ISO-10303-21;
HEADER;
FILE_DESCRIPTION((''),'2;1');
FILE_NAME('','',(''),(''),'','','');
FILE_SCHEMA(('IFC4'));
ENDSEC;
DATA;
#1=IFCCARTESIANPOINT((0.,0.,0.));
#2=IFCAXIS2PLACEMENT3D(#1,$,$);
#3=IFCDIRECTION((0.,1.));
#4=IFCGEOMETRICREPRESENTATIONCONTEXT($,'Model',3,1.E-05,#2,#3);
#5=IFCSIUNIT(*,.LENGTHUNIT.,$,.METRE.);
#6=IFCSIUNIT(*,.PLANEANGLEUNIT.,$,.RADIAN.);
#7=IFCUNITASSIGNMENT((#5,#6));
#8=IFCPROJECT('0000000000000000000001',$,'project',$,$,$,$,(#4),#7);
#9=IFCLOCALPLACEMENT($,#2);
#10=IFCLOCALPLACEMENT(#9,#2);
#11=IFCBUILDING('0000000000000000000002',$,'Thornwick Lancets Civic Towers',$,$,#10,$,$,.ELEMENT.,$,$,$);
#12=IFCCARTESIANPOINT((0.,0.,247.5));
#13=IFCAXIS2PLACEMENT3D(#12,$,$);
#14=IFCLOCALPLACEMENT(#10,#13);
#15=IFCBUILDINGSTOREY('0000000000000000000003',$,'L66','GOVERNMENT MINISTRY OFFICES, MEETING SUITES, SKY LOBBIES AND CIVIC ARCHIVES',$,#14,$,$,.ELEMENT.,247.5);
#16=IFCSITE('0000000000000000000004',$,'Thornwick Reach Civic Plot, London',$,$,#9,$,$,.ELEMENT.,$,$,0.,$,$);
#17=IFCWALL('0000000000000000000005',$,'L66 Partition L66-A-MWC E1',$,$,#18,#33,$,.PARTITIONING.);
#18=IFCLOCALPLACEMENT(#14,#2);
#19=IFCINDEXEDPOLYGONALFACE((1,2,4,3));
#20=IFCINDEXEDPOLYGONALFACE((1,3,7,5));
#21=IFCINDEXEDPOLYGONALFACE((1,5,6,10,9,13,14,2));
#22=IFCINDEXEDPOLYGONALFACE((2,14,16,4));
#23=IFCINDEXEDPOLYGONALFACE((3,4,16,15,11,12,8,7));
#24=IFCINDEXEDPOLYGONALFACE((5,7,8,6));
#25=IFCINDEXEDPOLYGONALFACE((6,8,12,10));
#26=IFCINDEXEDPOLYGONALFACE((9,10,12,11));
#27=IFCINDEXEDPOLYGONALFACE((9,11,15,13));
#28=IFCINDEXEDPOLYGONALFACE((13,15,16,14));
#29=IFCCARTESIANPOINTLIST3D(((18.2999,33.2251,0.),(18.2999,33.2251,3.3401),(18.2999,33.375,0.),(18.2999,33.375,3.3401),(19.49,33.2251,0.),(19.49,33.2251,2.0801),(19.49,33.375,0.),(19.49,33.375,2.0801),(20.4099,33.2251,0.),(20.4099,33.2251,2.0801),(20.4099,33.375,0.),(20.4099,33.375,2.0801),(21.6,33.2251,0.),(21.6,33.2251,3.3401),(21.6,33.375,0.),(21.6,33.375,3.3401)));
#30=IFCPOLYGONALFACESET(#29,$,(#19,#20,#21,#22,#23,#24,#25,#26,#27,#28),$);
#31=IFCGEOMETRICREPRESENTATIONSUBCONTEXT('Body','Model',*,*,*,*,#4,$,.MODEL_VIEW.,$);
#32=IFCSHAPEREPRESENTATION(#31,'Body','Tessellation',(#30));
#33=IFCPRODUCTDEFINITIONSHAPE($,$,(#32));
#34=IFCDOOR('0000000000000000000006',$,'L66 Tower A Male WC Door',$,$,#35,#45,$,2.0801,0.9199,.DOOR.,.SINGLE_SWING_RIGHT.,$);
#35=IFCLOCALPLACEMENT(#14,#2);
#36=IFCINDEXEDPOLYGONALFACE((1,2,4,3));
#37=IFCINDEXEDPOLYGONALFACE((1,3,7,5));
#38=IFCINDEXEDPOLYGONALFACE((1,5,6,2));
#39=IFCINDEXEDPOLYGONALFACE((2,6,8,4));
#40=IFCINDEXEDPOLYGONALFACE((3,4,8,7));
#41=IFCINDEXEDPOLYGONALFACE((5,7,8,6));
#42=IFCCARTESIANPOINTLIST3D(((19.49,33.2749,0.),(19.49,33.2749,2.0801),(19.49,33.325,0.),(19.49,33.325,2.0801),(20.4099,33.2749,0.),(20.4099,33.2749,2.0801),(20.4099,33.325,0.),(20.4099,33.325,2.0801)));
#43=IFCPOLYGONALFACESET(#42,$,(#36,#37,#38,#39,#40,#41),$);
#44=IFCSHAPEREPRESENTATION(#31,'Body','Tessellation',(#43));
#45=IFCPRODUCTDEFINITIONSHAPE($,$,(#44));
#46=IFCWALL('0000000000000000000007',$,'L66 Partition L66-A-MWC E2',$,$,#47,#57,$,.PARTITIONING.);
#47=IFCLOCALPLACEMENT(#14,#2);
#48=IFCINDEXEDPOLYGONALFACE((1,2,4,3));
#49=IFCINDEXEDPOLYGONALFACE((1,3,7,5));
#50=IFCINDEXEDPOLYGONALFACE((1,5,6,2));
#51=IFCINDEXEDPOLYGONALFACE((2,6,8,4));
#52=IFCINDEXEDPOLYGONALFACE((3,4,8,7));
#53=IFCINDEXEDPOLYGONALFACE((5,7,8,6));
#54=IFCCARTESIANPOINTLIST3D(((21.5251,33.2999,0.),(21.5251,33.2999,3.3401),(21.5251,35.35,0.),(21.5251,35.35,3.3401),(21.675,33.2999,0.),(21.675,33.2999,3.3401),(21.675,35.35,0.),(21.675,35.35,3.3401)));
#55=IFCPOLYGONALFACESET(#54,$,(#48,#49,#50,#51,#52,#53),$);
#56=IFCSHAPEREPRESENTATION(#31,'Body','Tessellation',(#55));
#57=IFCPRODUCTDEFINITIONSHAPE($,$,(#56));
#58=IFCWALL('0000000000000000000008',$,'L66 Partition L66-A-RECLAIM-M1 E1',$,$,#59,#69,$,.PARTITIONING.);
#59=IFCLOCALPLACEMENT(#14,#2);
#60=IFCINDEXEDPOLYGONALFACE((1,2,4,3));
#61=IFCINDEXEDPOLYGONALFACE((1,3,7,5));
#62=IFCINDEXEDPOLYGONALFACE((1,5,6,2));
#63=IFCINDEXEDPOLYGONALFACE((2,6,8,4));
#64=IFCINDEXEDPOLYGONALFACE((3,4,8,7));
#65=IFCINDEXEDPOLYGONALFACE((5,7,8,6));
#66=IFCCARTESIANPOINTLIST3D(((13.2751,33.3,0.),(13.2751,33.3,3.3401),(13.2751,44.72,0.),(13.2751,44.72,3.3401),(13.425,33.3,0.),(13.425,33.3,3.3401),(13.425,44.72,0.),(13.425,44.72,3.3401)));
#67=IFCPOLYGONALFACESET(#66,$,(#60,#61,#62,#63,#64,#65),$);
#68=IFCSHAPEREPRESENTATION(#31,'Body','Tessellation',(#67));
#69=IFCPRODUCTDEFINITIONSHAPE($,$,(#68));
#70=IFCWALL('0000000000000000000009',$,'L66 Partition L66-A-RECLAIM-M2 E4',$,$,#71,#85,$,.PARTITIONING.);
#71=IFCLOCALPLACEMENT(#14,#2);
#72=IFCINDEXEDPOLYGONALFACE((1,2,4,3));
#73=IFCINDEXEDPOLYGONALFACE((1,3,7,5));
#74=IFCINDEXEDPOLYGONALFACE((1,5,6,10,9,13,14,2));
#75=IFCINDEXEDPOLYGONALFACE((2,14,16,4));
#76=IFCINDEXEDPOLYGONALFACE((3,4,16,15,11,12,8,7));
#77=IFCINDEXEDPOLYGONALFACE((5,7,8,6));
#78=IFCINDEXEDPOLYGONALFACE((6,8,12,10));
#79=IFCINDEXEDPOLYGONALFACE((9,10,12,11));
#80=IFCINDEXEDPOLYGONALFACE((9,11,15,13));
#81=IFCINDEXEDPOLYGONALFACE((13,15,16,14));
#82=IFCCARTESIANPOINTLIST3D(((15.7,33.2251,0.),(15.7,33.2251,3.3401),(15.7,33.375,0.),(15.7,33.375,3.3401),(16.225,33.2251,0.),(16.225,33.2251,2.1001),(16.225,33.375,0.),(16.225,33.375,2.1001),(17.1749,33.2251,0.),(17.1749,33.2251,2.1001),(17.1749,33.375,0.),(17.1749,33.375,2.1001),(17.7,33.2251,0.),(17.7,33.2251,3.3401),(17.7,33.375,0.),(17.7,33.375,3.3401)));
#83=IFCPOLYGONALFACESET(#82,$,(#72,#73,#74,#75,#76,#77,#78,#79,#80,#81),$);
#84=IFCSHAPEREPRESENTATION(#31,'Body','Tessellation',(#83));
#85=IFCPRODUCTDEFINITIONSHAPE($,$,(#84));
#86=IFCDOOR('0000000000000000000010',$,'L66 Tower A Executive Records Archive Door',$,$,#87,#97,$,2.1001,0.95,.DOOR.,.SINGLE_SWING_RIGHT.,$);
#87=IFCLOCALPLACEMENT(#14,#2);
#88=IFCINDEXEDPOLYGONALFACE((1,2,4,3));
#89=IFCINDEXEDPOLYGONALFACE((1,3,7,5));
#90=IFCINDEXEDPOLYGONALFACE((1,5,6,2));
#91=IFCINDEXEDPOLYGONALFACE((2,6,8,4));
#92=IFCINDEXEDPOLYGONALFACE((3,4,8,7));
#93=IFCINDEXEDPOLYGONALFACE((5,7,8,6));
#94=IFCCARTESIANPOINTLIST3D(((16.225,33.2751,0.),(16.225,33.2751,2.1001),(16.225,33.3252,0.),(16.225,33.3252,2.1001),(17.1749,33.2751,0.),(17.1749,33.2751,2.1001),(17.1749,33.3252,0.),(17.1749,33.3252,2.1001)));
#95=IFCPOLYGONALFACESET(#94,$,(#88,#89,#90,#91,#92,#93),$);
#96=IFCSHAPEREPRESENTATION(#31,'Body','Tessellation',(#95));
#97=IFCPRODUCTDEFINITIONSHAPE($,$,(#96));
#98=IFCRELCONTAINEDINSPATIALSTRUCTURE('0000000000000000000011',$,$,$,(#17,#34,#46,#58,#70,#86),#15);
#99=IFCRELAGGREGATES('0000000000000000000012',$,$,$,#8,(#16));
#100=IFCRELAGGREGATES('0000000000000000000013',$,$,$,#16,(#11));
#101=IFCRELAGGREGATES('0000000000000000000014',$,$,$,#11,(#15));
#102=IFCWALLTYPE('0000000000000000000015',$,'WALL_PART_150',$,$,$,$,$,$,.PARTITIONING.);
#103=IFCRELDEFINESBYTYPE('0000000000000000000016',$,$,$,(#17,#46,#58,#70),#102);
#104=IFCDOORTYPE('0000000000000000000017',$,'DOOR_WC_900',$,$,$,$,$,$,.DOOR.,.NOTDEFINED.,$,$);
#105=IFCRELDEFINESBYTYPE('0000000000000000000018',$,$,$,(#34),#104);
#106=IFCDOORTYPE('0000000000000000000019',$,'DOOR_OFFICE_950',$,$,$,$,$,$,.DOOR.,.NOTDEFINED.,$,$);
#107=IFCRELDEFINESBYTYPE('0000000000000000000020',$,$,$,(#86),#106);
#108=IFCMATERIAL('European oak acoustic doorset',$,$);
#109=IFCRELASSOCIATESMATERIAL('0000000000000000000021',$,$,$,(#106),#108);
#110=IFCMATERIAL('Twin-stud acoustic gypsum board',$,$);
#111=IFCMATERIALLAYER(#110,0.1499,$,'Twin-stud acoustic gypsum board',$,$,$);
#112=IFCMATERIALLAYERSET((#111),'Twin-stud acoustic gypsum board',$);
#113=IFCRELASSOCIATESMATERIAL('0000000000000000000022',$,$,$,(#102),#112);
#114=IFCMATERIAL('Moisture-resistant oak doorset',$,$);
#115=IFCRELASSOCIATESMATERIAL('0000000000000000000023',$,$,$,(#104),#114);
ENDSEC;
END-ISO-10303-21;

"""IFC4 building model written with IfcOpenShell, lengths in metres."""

from ifc_helpers import new_model, si_unit, direction, frame, frame_2d, origin, place, context, subcontext, project, spatial, rectangle, extrude, material, layer, layer_set, type_object, element, fill, save


model = new_model("IFC4")

# Units and contexts
model_context = context("Model", 3, precision=1e-05, world=origin(), true_north=direction((0.0, 1.0)))
body_context = subcontext(model_context, "Body", "Model", "MODEL_VIEW")
ifc_project = project(units=[si_unit("LENGTHUNIT", "METRE"), si_unit("PLANEANGLEUNIT", "RADIAN")], contexts=[model_context])

# Site, building, storey
site_placement = place(None, origin())
site = spatial("IfcSite", under=ifc_project, at=site_placement, Name="Thornwick Reach Civic Plot, London", CompositionType="ELEMENT", RefElevation=0.0)
building_placement = place(site_placement, origin())
building = spatial("IfcBuilding", under=site, at=building_placement, Name="Thornwick Lancets Civic Towers", CompositionType="ELEMENT")
storey_placement = place(building_placement, frame((0.0, 0.0, 247.5)))
storey = spatial("IfcBuildingStorey", under=building, at=storey_placement, Name="L66", Description="GOVERNMENT MINISTRY OFFICES, MEETING SUITES, SKY LOBBIES AND CIVIC ARCHIVES", CompositionType="ELEMENT", Elevation=247.5)

# Shared definitions
ifc_material_1 = material(Name="European oak acoustic doorset")
door_type_1 = type_object("IfcDoorType", Name="DOOR_OFFICE_950", OperationType="NOTDEFINED", PredefinedType="DOOR", material=ifc_material_1)

# Wall, opening, door
ifc_material_2 = material(Name="Twin-stud acoustic gypsum board")
ifc_layer_1 = layer(ifc_material_2, 0.1499, Name="Twin-stud acoustic gypsum board")
ifc_layer_set_1 = layer_set([ifc_layer_1], Name="Twin-stud acoustic gypsum board")
wall_type_1 = type_object("IfcWallType", Name="WALL_PART_150", PredefinedType="PARTITIONING", material=ifc_layer_set_1)
wall_1_placement = place(storey_placement, frame((18.3, 33.3, 0.0), z_axis=(0.0, 0.0, 1.0), x_axis=(1.0, 0.0, 0.0)))
wall_1 = element("IfcWall", 1, at=wall_1_placement, inside=storey, type_object=wall_type_1, Name="L66 Partition L66-A-MWC E1", PredefinedType="PARTITIONING", context=body_context, shape_type="SweptSolid", body=[
    extrude(rectangle(XDim=3.3, YDim=0.1499, at=frame_2d((1.6499, 0.0))), origin(), (0.0, 0.0, 1.0), 3.3401),
])
opening_1_placement = place(wall_1_placement, frame((1.1899, 0.0, 0.0)))
opening_1 = element("IfcOpeningElement", 2, at=opening_1_placement, cuts=wall_1, PredefinedType="OPENING", context=body_context, shape_type="SweptSolid", body=[
    extrude(rectangle(XDim=0.9199, YDim=2.0801, at=frame_2d((0.46, 1.04))), frame((0.0, 0.085, 0.0), z_axis=(0.0, -1.0, 0.0), x_axis=(1.0, 0.0, 0.0)), (0.0, 0.0, 1.0), 0.1699),
])
ifc_material_3 = material(Name="Moisture-resistant oak doorset")
door_type_2 = type_object("IfcDoorType", Name="DOOR_WC_900", OperationType="NOTDEFINED", PredefinedType="DOOR", material=ifc_material_3)
door_1_placement = place(opening_1_placement, origin())
door_1 = element("IfcDoor", 3, at=door_1_placement, inside=storey, type_object=door_type_2, Name="L66 Tower A Male WC Door", OperationType="SINGLE_SWING_RIGHT", OverallHeight=2.0801, OverallWidth=0.9199, PredefinedType="DOOR", context=body_context, shape_type="SweptSolid", body=[
    extrude(rectangle(XDim=0.9199, YDim=2.0801, at=frame_2d((0.46, 1.04))), frame((0.0, 0.0249, 0.0), z_axis=(0.0, -1.0, 0.0), x_axis=(1.0, 0.0, 0.0)), (0.0, 0.0, 1.0), 0.05),
])
fill(opening_1, door_1)

# Walls
wall_2_placement = place(storey_placement, frame((21.6001, 33.3, 0.0), z_axis=(0.0, 0.0, 1.0), x_axis=(0.0, 1.0, 0.0)))
element("IfcWall", 4, at=wall_2_placement, inside=storey, type_object=wall_type_1, Name="L66 Partition L66-A-MWC E2", PredefinedType="PARTITIONING", context=body_context, shape_type="SweptSolid", body=[
    extrude(rectangle(XDim=2.05, YDim=0.1499, at=frame_2d((1.0249, 0.0))), origin(), (0.0, 0.0, 1.0), 3.3401),
])
wall_3_placement = place(storey_placement, frame((13.3501, 33.3, 0.0), z_axis=(0.0, 0.0, 1.0), x_axis=(0.0, 1.0, 0.0)))
element("IfcWall", 5, at=wall_3_placement, inside=storey, type_object=wall_type_1, Name="L66 Partition L66-A-RECLAIM-M1 E1", PredefinedType="PARTITIONING", context=body_context, shape_type="SweptSolid", body=[
    extrude(rectangle(XDim=11.4199, YDim=0.1499, at=frame_2d((5.71, 0.0))), origin(), (0.0, 0.0, 1.0), 3.3401),
])

# Wall, opening, door
wall_4_placement = place(storey_placement, frame((17.7, 33.3, 0.0), z_axis=(0.0, 0.0, 1.0), x_axis=(-1.0, 0.0, 0.0)))
wall_4 = element("IfcWall", 6, at=wall_4_placement, inside=storey, type_object=wall_type_1, Name="L66 Partition L66-A-RECLAIM-M2 E4", PredefinedType="PARTITIONING", context=body_context, shape_type="SweptSolid", body=[
    extrude(rectangle(XDim=2.0, YDim=0.1499, at=frame_2d((1.0, 0.0))), origin(), (0.0, 0.0, 1.0), 3.3401),
])
opening_2_placement = place(wall_4_placement, frame((0.5249, 0.0, 0.0)))
opening_2 = element("IfcOpeningElement", 7, at=opening_2_placement, cuts=wall_4, PredefinedType="OPENING", context=body_context, shape_type="SweptSolid", body=[
    extrude(rectangle(XDim=0.95, YDim=2.1001, at=frame_2d((0.4751, 1.05))), frame((0.0, 0.085, 0.0), z_axis=(0.0, -1.0, 0.0), x_axis=(1.0, 0.0, 0.0)), (0.0, 0.0, 1.0), 0.1699),
])
door_2_placement = place(opening_2_placement, origin())
door_2 = element("IfcDoor", 8, at=door_2_placement, inside=storey, type_object=door_type_1, Name="L66 Tower A Executive Records Archive Door", OperationType="SINGLE_SWING_RIGHT", OverallHeight=2.1001, OverallWidth=0.95, PredefinedType="DOOR", context=body_context, shape_type="SweptSolid", body=[
    extrude(rectangle(XDim=0.95, YDim=2.1001, at=frame_2d((0.4751, 1.05))), frame((0.0, 0.0249, 0.0), z_axis=(0.0, -1.0, 0.0), x_axis=(1.0, 0.0, 0.0)), (0.0, 0.0, 1.0), 0.05),
])
fill(opening_2, door_2)

save(model, "model.ifc")
